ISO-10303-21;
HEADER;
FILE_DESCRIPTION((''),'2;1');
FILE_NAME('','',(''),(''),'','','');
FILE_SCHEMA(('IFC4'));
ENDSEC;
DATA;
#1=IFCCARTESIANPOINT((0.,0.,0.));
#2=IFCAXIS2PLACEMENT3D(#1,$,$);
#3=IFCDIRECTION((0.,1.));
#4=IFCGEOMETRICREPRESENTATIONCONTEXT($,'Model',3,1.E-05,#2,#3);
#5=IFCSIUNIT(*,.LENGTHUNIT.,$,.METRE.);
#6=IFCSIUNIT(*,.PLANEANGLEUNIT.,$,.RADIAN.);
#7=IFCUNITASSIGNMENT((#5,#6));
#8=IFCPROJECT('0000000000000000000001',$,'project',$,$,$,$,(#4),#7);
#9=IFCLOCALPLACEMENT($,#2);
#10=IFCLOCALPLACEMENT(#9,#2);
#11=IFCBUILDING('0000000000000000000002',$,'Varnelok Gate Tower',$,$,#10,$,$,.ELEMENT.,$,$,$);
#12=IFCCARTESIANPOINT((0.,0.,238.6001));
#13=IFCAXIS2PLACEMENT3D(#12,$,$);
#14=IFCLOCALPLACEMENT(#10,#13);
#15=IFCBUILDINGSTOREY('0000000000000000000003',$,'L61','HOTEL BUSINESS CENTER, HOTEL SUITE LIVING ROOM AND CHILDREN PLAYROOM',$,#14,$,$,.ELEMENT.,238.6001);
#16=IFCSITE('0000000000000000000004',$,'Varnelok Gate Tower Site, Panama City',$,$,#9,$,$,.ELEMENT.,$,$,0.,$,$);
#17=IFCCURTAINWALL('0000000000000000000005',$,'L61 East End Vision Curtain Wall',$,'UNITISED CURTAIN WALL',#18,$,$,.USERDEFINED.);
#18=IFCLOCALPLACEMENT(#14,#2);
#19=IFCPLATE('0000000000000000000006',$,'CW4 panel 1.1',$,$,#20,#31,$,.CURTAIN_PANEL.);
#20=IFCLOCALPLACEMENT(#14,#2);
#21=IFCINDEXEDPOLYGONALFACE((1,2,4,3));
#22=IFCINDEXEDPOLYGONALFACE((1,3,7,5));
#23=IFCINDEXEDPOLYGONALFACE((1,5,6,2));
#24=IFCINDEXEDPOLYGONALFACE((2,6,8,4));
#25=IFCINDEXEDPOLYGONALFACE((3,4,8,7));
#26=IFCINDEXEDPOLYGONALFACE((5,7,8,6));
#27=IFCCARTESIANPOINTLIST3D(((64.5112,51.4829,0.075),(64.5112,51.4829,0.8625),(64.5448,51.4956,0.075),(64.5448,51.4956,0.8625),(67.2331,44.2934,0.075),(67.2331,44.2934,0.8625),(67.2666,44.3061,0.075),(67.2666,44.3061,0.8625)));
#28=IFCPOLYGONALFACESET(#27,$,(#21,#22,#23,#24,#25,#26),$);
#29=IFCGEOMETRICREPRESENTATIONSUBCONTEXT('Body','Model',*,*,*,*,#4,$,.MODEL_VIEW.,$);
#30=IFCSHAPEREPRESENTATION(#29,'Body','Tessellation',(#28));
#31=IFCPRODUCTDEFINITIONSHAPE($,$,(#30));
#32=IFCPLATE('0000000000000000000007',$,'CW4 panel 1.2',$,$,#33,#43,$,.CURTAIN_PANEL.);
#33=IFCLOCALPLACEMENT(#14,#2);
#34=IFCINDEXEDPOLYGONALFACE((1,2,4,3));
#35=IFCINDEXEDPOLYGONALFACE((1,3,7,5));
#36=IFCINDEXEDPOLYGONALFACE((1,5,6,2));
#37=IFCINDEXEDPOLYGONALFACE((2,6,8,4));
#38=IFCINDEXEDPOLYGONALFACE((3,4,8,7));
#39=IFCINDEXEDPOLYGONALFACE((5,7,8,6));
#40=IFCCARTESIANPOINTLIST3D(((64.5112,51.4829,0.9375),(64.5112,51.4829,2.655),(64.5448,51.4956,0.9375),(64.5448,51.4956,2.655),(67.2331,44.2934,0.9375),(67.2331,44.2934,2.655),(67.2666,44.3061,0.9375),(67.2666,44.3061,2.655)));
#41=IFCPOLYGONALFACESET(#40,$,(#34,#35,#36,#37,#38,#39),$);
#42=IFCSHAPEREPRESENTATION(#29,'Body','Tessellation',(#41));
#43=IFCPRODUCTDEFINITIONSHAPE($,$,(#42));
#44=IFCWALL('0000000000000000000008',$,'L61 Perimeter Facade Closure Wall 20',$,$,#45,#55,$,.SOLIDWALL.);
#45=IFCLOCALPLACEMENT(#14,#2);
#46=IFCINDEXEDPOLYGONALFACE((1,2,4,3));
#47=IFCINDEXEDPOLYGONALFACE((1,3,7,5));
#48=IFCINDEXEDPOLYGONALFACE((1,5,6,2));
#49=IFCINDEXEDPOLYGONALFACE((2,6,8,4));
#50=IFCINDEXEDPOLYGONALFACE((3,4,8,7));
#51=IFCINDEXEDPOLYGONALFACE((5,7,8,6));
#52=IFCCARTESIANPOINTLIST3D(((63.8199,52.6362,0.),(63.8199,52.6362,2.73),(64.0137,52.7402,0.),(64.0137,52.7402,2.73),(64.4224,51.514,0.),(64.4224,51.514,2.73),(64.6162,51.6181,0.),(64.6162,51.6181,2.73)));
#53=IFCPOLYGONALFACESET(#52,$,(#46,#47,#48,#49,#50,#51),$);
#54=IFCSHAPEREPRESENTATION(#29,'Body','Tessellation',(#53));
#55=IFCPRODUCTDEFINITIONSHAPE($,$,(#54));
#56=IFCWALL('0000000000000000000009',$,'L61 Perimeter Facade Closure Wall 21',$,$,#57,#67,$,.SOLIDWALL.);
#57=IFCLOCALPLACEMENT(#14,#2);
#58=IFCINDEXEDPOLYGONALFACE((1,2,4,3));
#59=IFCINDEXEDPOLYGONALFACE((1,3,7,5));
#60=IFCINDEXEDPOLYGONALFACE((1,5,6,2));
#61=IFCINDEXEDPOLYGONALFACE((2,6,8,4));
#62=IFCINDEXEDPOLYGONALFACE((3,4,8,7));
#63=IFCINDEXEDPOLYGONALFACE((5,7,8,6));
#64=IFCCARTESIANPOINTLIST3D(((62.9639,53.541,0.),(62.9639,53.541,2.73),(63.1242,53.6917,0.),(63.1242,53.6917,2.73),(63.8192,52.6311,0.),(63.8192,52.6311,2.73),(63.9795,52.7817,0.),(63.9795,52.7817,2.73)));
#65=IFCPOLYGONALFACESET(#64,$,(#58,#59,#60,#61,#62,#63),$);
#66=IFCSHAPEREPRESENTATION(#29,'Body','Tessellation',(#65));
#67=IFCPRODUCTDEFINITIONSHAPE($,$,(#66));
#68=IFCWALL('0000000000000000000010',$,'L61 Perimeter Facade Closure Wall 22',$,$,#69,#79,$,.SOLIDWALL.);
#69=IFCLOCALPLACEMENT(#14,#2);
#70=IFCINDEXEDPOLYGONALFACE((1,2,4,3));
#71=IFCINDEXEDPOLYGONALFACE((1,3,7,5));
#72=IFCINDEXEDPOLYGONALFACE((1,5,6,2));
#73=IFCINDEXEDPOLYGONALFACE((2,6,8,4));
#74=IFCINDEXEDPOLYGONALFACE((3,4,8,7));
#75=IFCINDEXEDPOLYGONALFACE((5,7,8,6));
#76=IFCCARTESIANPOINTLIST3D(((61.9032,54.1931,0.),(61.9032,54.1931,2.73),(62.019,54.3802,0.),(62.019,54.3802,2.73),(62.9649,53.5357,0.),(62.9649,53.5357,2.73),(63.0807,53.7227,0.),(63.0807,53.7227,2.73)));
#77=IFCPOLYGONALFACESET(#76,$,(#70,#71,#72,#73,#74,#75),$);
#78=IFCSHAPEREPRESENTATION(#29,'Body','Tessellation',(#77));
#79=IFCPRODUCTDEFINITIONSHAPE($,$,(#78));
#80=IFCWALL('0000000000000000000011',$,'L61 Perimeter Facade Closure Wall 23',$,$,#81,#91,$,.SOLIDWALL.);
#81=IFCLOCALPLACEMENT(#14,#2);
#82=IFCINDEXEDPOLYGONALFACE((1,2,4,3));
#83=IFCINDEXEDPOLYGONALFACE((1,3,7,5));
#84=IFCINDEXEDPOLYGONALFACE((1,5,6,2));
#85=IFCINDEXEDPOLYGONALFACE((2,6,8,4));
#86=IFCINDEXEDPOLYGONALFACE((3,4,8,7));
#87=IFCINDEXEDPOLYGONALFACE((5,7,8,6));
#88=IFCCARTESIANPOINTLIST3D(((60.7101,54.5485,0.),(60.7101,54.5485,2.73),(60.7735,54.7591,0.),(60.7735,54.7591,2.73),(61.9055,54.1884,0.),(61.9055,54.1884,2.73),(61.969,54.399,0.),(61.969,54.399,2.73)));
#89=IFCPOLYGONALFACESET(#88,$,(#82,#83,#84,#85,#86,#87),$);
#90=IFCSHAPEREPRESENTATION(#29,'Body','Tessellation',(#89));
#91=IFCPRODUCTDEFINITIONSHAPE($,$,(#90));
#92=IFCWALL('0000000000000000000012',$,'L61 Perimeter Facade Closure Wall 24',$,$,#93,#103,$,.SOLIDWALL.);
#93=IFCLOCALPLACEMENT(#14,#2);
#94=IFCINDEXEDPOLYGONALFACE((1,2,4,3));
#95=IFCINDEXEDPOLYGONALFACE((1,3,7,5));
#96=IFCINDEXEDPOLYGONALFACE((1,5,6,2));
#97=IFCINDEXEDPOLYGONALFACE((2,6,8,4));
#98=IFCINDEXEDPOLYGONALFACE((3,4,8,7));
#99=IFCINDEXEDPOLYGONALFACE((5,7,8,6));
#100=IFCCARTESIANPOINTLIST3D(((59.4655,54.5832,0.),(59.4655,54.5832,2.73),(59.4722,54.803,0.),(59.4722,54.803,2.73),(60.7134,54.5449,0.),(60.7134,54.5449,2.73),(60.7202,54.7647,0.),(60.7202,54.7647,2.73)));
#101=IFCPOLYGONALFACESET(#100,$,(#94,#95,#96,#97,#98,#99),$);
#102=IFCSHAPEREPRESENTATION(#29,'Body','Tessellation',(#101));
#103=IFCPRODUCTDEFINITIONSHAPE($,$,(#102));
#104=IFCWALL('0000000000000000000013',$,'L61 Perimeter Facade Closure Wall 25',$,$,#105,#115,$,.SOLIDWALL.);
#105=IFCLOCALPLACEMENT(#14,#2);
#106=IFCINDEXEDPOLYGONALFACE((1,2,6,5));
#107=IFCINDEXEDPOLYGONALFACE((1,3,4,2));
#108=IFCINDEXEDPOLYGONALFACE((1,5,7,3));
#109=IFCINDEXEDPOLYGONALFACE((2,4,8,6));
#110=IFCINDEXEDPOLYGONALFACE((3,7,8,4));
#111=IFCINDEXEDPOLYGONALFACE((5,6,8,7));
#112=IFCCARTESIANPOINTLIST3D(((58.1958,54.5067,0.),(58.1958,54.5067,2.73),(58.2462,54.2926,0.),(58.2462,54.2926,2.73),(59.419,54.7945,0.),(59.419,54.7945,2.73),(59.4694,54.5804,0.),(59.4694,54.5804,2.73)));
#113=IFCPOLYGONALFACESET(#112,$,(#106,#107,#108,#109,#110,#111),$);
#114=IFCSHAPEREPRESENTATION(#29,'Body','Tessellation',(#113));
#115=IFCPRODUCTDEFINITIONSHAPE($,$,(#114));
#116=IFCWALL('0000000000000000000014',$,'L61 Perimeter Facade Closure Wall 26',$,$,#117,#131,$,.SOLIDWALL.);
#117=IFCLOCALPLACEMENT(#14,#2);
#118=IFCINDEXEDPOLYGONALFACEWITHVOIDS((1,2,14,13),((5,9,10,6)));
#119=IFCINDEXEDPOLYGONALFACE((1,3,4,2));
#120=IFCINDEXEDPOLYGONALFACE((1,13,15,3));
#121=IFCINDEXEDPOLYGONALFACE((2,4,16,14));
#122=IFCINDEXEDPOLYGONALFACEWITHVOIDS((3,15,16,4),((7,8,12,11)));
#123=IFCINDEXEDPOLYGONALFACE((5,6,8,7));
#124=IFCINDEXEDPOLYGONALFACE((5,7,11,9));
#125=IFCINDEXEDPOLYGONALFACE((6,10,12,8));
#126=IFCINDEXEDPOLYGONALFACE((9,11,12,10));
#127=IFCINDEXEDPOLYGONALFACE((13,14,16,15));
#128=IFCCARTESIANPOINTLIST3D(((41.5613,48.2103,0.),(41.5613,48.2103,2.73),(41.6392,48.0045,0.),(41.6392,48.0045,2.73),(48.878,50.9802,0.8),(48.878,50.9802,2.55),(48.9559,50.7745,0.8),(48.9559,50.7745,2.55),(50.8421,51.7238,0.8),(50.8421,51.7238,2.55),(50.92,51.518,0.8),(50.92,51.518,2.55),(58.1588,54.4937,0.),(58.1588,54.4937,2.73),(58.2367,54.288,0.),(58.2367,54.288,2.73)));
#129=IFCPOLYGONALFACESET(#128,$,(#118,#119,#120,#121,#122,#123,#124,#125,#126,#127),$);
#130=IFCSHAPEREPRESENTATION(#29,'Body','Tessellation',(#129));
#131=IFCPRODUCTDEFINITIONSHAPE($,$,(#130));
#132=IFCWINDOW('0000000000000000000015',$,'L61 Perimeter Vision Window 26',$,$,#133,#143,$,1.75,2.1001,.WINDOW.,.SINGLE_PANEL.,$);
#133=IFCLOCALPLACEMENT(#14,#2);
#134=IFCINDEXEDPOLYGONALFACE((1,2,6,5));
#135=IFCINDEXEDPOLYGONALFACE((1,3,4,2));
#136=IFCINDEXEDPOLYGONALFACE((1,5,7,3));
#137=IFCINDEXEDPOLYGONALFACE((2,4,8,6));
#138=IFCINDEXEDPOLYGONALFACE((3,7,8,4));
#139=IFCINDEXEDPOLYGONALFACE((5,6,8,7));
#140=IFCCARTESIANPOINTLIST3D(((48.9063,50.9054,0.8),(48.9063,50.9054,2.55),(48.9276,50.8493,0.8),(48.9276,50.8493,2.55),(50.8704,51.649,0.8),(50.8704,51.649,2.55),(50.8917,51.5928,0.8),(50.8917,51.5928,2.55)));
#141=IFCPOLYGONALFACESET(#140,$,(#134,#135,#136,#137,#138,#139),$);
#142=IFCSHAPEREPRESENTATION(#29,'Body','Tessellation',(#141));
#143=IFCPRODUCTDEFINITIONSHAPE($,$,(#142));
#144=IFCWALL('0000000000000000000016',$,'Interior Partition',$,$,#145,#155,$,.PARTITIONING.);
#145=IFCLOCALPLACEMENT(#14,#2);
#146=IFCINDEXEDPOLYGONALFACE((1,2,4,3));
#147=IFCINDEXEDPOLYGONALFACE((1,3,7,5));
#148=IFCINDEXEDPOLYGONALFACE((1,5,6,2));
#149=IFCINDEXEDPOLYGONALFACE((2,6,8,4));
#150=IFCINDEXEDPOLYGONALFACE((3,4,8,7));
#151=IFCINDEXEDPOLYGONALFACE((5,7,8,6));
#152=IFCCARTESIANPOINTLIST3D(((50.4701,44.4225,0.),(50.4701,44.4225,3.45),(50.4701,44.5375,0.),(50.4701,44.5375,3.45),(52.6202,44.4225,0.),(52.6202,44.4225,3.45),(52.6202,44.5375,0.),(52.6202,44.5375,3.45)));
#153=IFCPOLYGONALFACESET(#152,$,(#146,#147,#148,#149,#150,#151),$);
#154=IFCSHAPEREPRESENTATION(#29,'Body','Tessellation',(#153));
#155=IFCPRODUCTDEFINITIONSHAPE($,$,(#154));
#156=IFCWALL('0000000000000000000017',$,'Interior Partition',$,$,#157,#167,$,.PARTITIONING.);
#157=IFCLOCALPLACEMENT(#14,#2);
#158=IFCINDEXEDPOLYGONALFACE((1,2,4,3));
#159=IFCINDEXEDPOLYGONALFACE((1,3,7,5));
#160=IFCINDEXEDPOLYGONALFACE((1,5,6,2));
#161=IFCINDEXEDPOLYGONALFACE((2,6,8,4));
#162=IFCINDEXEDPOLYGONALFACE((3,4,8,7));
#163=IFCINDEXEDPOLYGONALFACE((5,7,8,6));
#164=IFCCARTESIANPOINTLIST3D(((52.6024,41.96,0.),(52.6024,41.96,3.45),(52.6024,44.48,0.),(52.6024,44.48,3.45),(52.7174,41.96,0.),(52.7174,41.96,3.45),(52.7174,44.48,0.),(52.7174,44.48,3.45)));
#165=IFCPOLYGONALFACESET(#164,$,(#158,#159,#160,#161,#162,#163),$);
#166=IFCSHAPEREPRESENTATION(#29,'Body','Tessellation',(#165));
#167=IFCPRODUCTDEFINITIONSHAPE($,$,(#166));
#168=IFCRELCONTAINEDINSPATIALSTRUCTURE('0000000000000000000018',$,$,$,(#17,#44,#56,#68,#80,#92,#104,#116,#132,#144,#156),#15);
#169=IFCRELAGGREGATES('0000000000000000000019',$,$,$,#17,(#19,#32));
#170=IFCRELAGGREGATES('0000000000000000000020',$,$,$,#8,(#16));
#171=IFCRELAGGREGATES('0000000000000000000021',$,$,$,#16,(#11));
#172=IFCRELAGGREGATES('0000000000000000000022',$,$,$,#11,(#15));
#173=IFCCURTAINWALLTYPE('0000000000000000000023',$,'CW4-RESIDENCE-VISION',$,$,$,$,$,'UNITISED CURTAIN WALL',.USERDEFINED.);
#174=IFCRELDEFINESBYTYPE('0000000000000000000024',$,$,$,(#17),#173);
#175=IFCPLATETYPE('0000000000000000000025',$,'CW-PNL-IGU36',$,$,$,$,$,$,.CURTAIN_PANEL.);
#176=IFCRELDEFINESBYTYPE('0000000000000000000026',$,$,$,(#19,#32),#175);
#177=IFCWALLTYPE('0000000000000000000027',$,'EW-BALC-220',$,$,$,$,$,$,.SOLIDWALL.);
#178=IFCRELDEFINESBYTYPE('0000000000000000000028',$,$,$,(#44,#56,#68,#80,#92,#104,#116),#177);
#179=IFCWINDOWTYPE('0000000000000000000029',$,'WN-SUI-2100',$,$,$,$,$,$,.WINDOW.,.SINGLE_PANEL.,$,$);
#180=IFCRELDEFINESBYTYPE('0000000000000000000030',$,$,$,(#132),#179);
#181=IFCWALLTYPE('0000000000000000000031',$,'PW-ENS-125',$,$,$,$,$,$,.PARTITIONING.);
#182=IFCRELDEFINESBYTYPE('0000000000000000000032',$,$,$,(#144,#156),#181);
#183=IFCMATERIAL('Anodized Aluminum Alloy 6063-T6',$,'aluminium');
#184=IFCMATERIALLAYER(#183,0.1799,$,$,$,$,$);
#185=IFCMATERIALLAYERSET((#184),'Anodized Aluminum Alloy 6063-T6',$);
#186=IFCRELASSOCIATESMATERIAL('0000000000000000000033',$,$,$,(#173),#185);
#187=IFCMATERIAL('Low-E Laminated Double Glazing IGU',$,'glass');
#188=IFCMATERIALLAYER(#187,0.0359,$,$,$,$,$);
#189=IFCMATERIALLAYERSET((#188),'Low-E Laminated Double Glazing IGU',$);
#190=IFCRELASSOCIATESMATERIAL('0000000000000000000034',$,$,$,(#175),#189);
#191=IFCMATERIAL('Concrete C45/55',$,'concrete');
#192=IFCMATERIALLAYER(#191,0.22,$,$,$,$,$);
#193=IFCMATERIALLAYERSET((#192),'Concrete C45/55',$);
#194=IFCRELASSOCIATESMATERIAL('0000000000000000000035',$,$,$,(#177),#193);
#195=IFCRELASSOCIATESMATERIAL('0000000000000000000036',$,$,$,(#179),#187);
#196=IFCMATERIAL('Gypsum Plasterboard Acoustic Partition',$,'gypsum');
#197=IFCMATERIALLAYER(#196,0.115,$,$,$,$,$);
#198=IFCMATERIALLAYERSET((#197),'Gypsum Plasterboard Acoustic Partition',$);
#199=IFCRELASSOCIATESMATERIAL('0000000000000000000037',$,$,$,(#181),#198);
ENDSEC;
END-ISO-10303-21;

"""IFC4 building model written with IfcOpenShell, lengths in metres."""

from ifc_helpers import new_model, si_unit, direction, frame, frame_2d, origin, origin_2d, place, context, subcontext, project, spatial, rectangle, extrude, source, transform, mapped, material, layer, layer_set, type_object, element, fill, aggregate, save


model = new_model("IFC4")

# Units and contexts
model_context = context("Model", 3, precision=1e-05, world=origin(), true_north=direction((0.0, 1.0)))
body_context = subcontext(model_context, "Body", "Model", "MODEL_VIEW")
ifc_project = project(units=[si_unit("LENGTHUNIT", "METRE"), si_unit("PLANEANGLEUNIT", "RADIAN")], contexts=[model_context])

# Site, building, storey
site_placement = place(None, origin())
site = spatial("IfcSite", under=ifc_project, at=site_placement, Name="Varnelok Gate Tower Site, Panama City", CompositionType="ELEMENT", RefElevation=0.0)
building_placement = place(site_placement, origin())
building = spatial("IfcBuilding", under=site, at=building_placement, Name="Varnelok Gate Tower", CompositionType="ELEMENT")
storey_placement = place(building_placement, frame((0.0, 0.0, 238.6001)))
storey = spatial("IfcBuildingStorey", under=building, at=storey_placement, Name="L61", Description="HOTEL BUSINESS CENTER, HOTEL SUITE LIVING ROOM AND CHILDREN PLAYROOM", CompositionType="ELEMENT", Elevation=238.6001)

# Curtain wall, plates
ifc_material_1 = material(Name="Anodized Aluminum Alloy 6063-T6", Category="aluminium")
ifc_layer_1 = layer(ifc_material_1, 0.1799)
ifc_layer_set_1 = layer_set([ifc_layer_1], Name="Anodized Aluminum Alloy 6063-T6")
curtain_wall_type = type_object("IfcCurtainWallType", Name="CW4-RESIDENCE-VISION", ElementType="UNITISED CURTAIN WALL", PredefinedType="USERDEFINED", material=ifc_layer_set_1)
curtain_wall_placement = place(storey_placement, origin())
curtain_wall = element("IfcCurtainWall", 1, at=curtain_wall_placement, inside=storey, type_object=curtain_wall_type, Name="L61 East End Vision Curtain Wall", ObjectType="UNITISED CURTAIN WALL", PredefinedType="USERDEFINED")
ifc_material_2 = material(Name="Low-E Laminated Double Glazing IGU", Category="glass")
ifc_layer_2 = layer(ifc_material_2, 0.0359)
ifc_layer_set_2 = layer_set([ifc_layer_2], Name="Low-E Laminated Double Glazing IGU")
plate_type = type_object("IfcPlateType", Name="CW-PNL-IGU36", PredefinedType="CURTAIN_PANEL", material=ifc_layer_set_2)
shared_shape_1 = source(origin(), body_context, "Body", "SweptSolid", [
    extrude(rectangle(XDim=7.6875, YDim=0.0359, at=origin_2d()), origin(), (0.0, 0.0, 1.0), 0.7876),
])
plate_1_placement = place(storey_placement, frame((65.8889, 47.8945, 0.075), z_axis=(0.0, 0.0, 1.0), x_axis=(0.354063, -0.935222, 0.0)))
plate_1 = element("IfcPlate", 2, at=plate_1_placement, type_object=plate_type, Name="CW4 panel 1.1", PredefinedType="CURTAIN_PANEL", context=body_context, shape_type="MappedRepresentation", body=[
    mapped(shared_shape_1, transform((0.0, 0.0, 0.0), scale=1.0)),
])
shared_shape_2 = source(origin(), body_context, "Body", "SweptSolid", [
    extrude(rectangle(XDim=7.6875, YDim=0.0359, at=origin_2d()), origin(), (0.0, 0.0, 1.0), 1.7175),
])
plate_2_placement = place(storey_placement, frame((65.8889, 47.8945, 0.9375), z_axis=(0.0, 0.0, 1.0), x_axis=(0.354063, -0.935222, 0.0)))
plate_2 = element("IfcPlate", 3, at=plate_2_placement, type_object=plate_type, Name="CW4 panel 1.2", PredefinedType="CURTAIN_PANEL", context=body_context, shape_type="MappedRepresentation", body=[
    mapped(shared_shape_2, transform((0.0, 0.0, 0.0), scale=1.0)),
])
aggregate(curtain_wall, [plate_1, plate_2])

# Walls
ifc_material_3 = material(Name="Concrete C45/55", Category="concrete")
ifc_layer_3 = layer(ifc_material_3, 0.22)
ifc_layer_set_3 = layer_set([ifc_layer_3], Name="Concrete C45/55")
wall_type_1 = type_object("IfcWallType", Name="EW-BALC-220", PredefinedType="SOLIDWALL", material=ifc_layer_set_3)
wall_1_placement = place(storey_placement, frame((64.5193, 51.5662, 0.0), z_axis=(0.0, 0.0, 1.0), x_axis=(-0.473094, 0.881012, 0.0)))
element("IfcWall", 4, at=wall_1_placement, inside=storey, type_object=wall_type_1, Name="L61 Perimeter Facade Closure Wall 20", PredefinedType="SOLIDWALL", context=body_context, shape_type="SweptSolid", body=[
    extrude(rectangle(XDim=1.2737, YDim=0.22, at=frame_2d((0.6367, 0.0))), origin(), (0.0, 0.0, 1.0), 2.73),
])
for number, where, z_axis, x_axis, name in (
    (5, (63.8994, 52.7063, 0.0), (0.0, 0.0, 1.0), (-0.684871, 0.728665, 0.0), "L61 Perimeter Facade Closure Wall 21"),
    (6, (63.0229, 53.6292, 0.0), (0.0, 0.0, 1.0), (-0.850198, 0.526462, 0.0), "L61 Perimeter Facade Closure Wall 22"),
):
    element("IfcWall", number, at=place(storey_placement, frame(where, z_axis=z_axis, x_axis=x_axis)), inside=storey, type_object=wall_type_1, Name=name, PredefinedType="SOLIDWALL", context=body_context, shape_type="SweptSolid", body=[
        extrude(rectangle(XDim=1.2488, YDim=0.22, at=frame_2d((0.6245, 0.0))), origin(), (0.0, 0.0, 1.0), 2.73),
    ])
for number, where, z_axis, x_axis, name in (
    (7, (61.9373, 54.2937, 0.0), (0.0, 0.0, 1.0), (-0.957508, 0.288406, 0.0), "L61 Perimeter Facade Closure Wall 23"),
    (8, (60.7168, 54.6548, 0.0), (0.0, 0.0, 1.0), (-0.999529, 0.030698, 0.0), "L61 Perimeter Facade Closure Wall 24"),
):
    element("IfcWall", number, at=place(storey_placement, frame(where, z_axis=z_axis, x_axis=x_axis)), inside=storey, type_object=wall_type_1, Name=name, PredefinedType="SOLIDWALL", context=body_context, shape_type="SweptSolid", body=[
        extrude(rectangle(XDim=1.2485, YDim=0.22, at=frame_2d((0.6243, 0.0))), origin(), (0.0, 0.0, 1.0), 2.73),
    ])
wall_2_placement = place(storey_placement, frame((59.4443, 54.6875, 0.0), z_axis=(0.0, 0.0, 1.0), x_axis=(-0.97341, -0.229072, 0.0)))
element("IfcWall", 9, at=wall_2_placement, inside=storey, type_object=wall_type_1, Name="L61 Perimeter Facade Closure Wall 25", PredefinedType="SOLIDWALL", context=body_context, shape_type="SweptSolid", body=[
    extrude(rectangle(XDim=1.2566, YDim=0.22, at=frame_2d((0.6284, 0.0))), origin(), (0.0, 0.0, 1.0), 2.73),
])

# Wall, opening, window
wall_3_placement = place(storey_placement, frame((58.1978, 54.3909, 0.0), z_axis=(0.0, 0.0, 1.0), x_axis=(-0.935224, -0.354057, 0.0)))
wall_3 = element("IfcWall", 10, at=wall_3_placement, inside=storey, type_object=wall_type_1, Name="L61 Perimeter Facade Closure Wall 26", PredefinedType="SOLIDWALL", context=body_context, shape_type="SweptSolid", body=[
    extrude(rectangle(XDim=17.7471, YDim=0.22, at=frame_2d((8.8735, 0.0))), origin(), (0.0, 0.0, 1.0), 2.73),
])
opening_placement = place(wall_3_placement, frame((7.8235, 0.0, 0.8)))
opening = element("IfcOpeningElement", 11, at=opening_placement, cuts=wall_3, PredefinedType="OPENING", context=body_context, shape_type="SweptSolid", body=[
    extrude(rectangle(XDim=2.1001, YDim=1.75, at=frame_2d((1.05, 0.875))), frame((0.0, 0.1199, 0.0), z_axis=(0.0, -1.0, 0.0), x_axis=(1.0, 0.0, 0.0)), (0.0, 0.0, 1.0), 0.24),
])
window_type = type_object("IfcWindowType", Name="WN-SUI-2100", PartitioningType="SINGLE_PANEL", PredefinedType="WINDOW", material=ifc_material_2)
window_placement = place(opening_placement, origin())
window = element("IfcWindow", 12, at=window_placement, inside=storey, type_object=window_type, Name="L61 Perimeter Vision Window 26", OverallHeight=1.75, OverallWidth=2.1001, PartitioningType="SINGLE_PANEL", PredefinedType="WINDOW", context=body_context, shape_type="SweptSolid", body=[
    extrude(rectangle(XDim=2.1001, YDim=1.75, at=frame_2d((1.05, 0.875))), frame((0.0, 0.03, 0.0), z_axis=(0.0, -1.0, 0.0), x_axis=(1.0, 0.0, 0.0)), (0.0, 0.0, 1.0), 0.0601),
])
fill(opening, window)

# Walls
ifc_material_4 = material(Name="Gypsum Plasterboard Acoustic Partition", Category="gypsum")
ifc_layer_4 = layer(ifc_material_4, 0.115)
ifc_layer_set_4 = layer_set([ifc_layer_4], Name="Gypsum Plasterboard Acoustic Partition")
wall_type_2 = type_object("IfcWallType", Name="PW-ENS-125", PredefinedType="PARTITIONING", material=ifc_layer_set_4)
wall_4_placement = place(storey_placement, frame((50.47, 44.48, 0.0), z_axis=(0.0, 0.0, 1.0), x_axis=(1.0, 0.0, 0.0)))
element("IfcWall", 13, at=wall_4_placement, inside=storey, type_object=wall_type_2, Name="Interior Partition", PredefinedType="PARTITIONING", context=body_context, shape_type="SweptSolid", body=[
    extrude(rectangle(XDim=2.1501, YDim=0.115, at=frame_2d((1.0752, 0.0))), origin(), (0.0, 0.0, 1.0), 3.45),
])
wall_5_placement = place(storey_placement, frame((52.6599, 41.96, 0.0), z_axis=(0.0, 0.0, 1.0), x_axis=(0.0, 1.0, 0.0)))
element("IfcWall", 14, at=wall_5_placement, inside=storey, type_object=wall_type_2, Name="Interior Partition", PredefinedType="PARTITIONING", context=body_context, shape_type="SweptSolid", body=[
    extrude(rectangle(XDim=2.52, YDim=0.115, at=frame_2d((1.26, 0.0))), origin(), (0.0, 0.0, 1.0), 3.45),
])

save(model, "model.ifc")
